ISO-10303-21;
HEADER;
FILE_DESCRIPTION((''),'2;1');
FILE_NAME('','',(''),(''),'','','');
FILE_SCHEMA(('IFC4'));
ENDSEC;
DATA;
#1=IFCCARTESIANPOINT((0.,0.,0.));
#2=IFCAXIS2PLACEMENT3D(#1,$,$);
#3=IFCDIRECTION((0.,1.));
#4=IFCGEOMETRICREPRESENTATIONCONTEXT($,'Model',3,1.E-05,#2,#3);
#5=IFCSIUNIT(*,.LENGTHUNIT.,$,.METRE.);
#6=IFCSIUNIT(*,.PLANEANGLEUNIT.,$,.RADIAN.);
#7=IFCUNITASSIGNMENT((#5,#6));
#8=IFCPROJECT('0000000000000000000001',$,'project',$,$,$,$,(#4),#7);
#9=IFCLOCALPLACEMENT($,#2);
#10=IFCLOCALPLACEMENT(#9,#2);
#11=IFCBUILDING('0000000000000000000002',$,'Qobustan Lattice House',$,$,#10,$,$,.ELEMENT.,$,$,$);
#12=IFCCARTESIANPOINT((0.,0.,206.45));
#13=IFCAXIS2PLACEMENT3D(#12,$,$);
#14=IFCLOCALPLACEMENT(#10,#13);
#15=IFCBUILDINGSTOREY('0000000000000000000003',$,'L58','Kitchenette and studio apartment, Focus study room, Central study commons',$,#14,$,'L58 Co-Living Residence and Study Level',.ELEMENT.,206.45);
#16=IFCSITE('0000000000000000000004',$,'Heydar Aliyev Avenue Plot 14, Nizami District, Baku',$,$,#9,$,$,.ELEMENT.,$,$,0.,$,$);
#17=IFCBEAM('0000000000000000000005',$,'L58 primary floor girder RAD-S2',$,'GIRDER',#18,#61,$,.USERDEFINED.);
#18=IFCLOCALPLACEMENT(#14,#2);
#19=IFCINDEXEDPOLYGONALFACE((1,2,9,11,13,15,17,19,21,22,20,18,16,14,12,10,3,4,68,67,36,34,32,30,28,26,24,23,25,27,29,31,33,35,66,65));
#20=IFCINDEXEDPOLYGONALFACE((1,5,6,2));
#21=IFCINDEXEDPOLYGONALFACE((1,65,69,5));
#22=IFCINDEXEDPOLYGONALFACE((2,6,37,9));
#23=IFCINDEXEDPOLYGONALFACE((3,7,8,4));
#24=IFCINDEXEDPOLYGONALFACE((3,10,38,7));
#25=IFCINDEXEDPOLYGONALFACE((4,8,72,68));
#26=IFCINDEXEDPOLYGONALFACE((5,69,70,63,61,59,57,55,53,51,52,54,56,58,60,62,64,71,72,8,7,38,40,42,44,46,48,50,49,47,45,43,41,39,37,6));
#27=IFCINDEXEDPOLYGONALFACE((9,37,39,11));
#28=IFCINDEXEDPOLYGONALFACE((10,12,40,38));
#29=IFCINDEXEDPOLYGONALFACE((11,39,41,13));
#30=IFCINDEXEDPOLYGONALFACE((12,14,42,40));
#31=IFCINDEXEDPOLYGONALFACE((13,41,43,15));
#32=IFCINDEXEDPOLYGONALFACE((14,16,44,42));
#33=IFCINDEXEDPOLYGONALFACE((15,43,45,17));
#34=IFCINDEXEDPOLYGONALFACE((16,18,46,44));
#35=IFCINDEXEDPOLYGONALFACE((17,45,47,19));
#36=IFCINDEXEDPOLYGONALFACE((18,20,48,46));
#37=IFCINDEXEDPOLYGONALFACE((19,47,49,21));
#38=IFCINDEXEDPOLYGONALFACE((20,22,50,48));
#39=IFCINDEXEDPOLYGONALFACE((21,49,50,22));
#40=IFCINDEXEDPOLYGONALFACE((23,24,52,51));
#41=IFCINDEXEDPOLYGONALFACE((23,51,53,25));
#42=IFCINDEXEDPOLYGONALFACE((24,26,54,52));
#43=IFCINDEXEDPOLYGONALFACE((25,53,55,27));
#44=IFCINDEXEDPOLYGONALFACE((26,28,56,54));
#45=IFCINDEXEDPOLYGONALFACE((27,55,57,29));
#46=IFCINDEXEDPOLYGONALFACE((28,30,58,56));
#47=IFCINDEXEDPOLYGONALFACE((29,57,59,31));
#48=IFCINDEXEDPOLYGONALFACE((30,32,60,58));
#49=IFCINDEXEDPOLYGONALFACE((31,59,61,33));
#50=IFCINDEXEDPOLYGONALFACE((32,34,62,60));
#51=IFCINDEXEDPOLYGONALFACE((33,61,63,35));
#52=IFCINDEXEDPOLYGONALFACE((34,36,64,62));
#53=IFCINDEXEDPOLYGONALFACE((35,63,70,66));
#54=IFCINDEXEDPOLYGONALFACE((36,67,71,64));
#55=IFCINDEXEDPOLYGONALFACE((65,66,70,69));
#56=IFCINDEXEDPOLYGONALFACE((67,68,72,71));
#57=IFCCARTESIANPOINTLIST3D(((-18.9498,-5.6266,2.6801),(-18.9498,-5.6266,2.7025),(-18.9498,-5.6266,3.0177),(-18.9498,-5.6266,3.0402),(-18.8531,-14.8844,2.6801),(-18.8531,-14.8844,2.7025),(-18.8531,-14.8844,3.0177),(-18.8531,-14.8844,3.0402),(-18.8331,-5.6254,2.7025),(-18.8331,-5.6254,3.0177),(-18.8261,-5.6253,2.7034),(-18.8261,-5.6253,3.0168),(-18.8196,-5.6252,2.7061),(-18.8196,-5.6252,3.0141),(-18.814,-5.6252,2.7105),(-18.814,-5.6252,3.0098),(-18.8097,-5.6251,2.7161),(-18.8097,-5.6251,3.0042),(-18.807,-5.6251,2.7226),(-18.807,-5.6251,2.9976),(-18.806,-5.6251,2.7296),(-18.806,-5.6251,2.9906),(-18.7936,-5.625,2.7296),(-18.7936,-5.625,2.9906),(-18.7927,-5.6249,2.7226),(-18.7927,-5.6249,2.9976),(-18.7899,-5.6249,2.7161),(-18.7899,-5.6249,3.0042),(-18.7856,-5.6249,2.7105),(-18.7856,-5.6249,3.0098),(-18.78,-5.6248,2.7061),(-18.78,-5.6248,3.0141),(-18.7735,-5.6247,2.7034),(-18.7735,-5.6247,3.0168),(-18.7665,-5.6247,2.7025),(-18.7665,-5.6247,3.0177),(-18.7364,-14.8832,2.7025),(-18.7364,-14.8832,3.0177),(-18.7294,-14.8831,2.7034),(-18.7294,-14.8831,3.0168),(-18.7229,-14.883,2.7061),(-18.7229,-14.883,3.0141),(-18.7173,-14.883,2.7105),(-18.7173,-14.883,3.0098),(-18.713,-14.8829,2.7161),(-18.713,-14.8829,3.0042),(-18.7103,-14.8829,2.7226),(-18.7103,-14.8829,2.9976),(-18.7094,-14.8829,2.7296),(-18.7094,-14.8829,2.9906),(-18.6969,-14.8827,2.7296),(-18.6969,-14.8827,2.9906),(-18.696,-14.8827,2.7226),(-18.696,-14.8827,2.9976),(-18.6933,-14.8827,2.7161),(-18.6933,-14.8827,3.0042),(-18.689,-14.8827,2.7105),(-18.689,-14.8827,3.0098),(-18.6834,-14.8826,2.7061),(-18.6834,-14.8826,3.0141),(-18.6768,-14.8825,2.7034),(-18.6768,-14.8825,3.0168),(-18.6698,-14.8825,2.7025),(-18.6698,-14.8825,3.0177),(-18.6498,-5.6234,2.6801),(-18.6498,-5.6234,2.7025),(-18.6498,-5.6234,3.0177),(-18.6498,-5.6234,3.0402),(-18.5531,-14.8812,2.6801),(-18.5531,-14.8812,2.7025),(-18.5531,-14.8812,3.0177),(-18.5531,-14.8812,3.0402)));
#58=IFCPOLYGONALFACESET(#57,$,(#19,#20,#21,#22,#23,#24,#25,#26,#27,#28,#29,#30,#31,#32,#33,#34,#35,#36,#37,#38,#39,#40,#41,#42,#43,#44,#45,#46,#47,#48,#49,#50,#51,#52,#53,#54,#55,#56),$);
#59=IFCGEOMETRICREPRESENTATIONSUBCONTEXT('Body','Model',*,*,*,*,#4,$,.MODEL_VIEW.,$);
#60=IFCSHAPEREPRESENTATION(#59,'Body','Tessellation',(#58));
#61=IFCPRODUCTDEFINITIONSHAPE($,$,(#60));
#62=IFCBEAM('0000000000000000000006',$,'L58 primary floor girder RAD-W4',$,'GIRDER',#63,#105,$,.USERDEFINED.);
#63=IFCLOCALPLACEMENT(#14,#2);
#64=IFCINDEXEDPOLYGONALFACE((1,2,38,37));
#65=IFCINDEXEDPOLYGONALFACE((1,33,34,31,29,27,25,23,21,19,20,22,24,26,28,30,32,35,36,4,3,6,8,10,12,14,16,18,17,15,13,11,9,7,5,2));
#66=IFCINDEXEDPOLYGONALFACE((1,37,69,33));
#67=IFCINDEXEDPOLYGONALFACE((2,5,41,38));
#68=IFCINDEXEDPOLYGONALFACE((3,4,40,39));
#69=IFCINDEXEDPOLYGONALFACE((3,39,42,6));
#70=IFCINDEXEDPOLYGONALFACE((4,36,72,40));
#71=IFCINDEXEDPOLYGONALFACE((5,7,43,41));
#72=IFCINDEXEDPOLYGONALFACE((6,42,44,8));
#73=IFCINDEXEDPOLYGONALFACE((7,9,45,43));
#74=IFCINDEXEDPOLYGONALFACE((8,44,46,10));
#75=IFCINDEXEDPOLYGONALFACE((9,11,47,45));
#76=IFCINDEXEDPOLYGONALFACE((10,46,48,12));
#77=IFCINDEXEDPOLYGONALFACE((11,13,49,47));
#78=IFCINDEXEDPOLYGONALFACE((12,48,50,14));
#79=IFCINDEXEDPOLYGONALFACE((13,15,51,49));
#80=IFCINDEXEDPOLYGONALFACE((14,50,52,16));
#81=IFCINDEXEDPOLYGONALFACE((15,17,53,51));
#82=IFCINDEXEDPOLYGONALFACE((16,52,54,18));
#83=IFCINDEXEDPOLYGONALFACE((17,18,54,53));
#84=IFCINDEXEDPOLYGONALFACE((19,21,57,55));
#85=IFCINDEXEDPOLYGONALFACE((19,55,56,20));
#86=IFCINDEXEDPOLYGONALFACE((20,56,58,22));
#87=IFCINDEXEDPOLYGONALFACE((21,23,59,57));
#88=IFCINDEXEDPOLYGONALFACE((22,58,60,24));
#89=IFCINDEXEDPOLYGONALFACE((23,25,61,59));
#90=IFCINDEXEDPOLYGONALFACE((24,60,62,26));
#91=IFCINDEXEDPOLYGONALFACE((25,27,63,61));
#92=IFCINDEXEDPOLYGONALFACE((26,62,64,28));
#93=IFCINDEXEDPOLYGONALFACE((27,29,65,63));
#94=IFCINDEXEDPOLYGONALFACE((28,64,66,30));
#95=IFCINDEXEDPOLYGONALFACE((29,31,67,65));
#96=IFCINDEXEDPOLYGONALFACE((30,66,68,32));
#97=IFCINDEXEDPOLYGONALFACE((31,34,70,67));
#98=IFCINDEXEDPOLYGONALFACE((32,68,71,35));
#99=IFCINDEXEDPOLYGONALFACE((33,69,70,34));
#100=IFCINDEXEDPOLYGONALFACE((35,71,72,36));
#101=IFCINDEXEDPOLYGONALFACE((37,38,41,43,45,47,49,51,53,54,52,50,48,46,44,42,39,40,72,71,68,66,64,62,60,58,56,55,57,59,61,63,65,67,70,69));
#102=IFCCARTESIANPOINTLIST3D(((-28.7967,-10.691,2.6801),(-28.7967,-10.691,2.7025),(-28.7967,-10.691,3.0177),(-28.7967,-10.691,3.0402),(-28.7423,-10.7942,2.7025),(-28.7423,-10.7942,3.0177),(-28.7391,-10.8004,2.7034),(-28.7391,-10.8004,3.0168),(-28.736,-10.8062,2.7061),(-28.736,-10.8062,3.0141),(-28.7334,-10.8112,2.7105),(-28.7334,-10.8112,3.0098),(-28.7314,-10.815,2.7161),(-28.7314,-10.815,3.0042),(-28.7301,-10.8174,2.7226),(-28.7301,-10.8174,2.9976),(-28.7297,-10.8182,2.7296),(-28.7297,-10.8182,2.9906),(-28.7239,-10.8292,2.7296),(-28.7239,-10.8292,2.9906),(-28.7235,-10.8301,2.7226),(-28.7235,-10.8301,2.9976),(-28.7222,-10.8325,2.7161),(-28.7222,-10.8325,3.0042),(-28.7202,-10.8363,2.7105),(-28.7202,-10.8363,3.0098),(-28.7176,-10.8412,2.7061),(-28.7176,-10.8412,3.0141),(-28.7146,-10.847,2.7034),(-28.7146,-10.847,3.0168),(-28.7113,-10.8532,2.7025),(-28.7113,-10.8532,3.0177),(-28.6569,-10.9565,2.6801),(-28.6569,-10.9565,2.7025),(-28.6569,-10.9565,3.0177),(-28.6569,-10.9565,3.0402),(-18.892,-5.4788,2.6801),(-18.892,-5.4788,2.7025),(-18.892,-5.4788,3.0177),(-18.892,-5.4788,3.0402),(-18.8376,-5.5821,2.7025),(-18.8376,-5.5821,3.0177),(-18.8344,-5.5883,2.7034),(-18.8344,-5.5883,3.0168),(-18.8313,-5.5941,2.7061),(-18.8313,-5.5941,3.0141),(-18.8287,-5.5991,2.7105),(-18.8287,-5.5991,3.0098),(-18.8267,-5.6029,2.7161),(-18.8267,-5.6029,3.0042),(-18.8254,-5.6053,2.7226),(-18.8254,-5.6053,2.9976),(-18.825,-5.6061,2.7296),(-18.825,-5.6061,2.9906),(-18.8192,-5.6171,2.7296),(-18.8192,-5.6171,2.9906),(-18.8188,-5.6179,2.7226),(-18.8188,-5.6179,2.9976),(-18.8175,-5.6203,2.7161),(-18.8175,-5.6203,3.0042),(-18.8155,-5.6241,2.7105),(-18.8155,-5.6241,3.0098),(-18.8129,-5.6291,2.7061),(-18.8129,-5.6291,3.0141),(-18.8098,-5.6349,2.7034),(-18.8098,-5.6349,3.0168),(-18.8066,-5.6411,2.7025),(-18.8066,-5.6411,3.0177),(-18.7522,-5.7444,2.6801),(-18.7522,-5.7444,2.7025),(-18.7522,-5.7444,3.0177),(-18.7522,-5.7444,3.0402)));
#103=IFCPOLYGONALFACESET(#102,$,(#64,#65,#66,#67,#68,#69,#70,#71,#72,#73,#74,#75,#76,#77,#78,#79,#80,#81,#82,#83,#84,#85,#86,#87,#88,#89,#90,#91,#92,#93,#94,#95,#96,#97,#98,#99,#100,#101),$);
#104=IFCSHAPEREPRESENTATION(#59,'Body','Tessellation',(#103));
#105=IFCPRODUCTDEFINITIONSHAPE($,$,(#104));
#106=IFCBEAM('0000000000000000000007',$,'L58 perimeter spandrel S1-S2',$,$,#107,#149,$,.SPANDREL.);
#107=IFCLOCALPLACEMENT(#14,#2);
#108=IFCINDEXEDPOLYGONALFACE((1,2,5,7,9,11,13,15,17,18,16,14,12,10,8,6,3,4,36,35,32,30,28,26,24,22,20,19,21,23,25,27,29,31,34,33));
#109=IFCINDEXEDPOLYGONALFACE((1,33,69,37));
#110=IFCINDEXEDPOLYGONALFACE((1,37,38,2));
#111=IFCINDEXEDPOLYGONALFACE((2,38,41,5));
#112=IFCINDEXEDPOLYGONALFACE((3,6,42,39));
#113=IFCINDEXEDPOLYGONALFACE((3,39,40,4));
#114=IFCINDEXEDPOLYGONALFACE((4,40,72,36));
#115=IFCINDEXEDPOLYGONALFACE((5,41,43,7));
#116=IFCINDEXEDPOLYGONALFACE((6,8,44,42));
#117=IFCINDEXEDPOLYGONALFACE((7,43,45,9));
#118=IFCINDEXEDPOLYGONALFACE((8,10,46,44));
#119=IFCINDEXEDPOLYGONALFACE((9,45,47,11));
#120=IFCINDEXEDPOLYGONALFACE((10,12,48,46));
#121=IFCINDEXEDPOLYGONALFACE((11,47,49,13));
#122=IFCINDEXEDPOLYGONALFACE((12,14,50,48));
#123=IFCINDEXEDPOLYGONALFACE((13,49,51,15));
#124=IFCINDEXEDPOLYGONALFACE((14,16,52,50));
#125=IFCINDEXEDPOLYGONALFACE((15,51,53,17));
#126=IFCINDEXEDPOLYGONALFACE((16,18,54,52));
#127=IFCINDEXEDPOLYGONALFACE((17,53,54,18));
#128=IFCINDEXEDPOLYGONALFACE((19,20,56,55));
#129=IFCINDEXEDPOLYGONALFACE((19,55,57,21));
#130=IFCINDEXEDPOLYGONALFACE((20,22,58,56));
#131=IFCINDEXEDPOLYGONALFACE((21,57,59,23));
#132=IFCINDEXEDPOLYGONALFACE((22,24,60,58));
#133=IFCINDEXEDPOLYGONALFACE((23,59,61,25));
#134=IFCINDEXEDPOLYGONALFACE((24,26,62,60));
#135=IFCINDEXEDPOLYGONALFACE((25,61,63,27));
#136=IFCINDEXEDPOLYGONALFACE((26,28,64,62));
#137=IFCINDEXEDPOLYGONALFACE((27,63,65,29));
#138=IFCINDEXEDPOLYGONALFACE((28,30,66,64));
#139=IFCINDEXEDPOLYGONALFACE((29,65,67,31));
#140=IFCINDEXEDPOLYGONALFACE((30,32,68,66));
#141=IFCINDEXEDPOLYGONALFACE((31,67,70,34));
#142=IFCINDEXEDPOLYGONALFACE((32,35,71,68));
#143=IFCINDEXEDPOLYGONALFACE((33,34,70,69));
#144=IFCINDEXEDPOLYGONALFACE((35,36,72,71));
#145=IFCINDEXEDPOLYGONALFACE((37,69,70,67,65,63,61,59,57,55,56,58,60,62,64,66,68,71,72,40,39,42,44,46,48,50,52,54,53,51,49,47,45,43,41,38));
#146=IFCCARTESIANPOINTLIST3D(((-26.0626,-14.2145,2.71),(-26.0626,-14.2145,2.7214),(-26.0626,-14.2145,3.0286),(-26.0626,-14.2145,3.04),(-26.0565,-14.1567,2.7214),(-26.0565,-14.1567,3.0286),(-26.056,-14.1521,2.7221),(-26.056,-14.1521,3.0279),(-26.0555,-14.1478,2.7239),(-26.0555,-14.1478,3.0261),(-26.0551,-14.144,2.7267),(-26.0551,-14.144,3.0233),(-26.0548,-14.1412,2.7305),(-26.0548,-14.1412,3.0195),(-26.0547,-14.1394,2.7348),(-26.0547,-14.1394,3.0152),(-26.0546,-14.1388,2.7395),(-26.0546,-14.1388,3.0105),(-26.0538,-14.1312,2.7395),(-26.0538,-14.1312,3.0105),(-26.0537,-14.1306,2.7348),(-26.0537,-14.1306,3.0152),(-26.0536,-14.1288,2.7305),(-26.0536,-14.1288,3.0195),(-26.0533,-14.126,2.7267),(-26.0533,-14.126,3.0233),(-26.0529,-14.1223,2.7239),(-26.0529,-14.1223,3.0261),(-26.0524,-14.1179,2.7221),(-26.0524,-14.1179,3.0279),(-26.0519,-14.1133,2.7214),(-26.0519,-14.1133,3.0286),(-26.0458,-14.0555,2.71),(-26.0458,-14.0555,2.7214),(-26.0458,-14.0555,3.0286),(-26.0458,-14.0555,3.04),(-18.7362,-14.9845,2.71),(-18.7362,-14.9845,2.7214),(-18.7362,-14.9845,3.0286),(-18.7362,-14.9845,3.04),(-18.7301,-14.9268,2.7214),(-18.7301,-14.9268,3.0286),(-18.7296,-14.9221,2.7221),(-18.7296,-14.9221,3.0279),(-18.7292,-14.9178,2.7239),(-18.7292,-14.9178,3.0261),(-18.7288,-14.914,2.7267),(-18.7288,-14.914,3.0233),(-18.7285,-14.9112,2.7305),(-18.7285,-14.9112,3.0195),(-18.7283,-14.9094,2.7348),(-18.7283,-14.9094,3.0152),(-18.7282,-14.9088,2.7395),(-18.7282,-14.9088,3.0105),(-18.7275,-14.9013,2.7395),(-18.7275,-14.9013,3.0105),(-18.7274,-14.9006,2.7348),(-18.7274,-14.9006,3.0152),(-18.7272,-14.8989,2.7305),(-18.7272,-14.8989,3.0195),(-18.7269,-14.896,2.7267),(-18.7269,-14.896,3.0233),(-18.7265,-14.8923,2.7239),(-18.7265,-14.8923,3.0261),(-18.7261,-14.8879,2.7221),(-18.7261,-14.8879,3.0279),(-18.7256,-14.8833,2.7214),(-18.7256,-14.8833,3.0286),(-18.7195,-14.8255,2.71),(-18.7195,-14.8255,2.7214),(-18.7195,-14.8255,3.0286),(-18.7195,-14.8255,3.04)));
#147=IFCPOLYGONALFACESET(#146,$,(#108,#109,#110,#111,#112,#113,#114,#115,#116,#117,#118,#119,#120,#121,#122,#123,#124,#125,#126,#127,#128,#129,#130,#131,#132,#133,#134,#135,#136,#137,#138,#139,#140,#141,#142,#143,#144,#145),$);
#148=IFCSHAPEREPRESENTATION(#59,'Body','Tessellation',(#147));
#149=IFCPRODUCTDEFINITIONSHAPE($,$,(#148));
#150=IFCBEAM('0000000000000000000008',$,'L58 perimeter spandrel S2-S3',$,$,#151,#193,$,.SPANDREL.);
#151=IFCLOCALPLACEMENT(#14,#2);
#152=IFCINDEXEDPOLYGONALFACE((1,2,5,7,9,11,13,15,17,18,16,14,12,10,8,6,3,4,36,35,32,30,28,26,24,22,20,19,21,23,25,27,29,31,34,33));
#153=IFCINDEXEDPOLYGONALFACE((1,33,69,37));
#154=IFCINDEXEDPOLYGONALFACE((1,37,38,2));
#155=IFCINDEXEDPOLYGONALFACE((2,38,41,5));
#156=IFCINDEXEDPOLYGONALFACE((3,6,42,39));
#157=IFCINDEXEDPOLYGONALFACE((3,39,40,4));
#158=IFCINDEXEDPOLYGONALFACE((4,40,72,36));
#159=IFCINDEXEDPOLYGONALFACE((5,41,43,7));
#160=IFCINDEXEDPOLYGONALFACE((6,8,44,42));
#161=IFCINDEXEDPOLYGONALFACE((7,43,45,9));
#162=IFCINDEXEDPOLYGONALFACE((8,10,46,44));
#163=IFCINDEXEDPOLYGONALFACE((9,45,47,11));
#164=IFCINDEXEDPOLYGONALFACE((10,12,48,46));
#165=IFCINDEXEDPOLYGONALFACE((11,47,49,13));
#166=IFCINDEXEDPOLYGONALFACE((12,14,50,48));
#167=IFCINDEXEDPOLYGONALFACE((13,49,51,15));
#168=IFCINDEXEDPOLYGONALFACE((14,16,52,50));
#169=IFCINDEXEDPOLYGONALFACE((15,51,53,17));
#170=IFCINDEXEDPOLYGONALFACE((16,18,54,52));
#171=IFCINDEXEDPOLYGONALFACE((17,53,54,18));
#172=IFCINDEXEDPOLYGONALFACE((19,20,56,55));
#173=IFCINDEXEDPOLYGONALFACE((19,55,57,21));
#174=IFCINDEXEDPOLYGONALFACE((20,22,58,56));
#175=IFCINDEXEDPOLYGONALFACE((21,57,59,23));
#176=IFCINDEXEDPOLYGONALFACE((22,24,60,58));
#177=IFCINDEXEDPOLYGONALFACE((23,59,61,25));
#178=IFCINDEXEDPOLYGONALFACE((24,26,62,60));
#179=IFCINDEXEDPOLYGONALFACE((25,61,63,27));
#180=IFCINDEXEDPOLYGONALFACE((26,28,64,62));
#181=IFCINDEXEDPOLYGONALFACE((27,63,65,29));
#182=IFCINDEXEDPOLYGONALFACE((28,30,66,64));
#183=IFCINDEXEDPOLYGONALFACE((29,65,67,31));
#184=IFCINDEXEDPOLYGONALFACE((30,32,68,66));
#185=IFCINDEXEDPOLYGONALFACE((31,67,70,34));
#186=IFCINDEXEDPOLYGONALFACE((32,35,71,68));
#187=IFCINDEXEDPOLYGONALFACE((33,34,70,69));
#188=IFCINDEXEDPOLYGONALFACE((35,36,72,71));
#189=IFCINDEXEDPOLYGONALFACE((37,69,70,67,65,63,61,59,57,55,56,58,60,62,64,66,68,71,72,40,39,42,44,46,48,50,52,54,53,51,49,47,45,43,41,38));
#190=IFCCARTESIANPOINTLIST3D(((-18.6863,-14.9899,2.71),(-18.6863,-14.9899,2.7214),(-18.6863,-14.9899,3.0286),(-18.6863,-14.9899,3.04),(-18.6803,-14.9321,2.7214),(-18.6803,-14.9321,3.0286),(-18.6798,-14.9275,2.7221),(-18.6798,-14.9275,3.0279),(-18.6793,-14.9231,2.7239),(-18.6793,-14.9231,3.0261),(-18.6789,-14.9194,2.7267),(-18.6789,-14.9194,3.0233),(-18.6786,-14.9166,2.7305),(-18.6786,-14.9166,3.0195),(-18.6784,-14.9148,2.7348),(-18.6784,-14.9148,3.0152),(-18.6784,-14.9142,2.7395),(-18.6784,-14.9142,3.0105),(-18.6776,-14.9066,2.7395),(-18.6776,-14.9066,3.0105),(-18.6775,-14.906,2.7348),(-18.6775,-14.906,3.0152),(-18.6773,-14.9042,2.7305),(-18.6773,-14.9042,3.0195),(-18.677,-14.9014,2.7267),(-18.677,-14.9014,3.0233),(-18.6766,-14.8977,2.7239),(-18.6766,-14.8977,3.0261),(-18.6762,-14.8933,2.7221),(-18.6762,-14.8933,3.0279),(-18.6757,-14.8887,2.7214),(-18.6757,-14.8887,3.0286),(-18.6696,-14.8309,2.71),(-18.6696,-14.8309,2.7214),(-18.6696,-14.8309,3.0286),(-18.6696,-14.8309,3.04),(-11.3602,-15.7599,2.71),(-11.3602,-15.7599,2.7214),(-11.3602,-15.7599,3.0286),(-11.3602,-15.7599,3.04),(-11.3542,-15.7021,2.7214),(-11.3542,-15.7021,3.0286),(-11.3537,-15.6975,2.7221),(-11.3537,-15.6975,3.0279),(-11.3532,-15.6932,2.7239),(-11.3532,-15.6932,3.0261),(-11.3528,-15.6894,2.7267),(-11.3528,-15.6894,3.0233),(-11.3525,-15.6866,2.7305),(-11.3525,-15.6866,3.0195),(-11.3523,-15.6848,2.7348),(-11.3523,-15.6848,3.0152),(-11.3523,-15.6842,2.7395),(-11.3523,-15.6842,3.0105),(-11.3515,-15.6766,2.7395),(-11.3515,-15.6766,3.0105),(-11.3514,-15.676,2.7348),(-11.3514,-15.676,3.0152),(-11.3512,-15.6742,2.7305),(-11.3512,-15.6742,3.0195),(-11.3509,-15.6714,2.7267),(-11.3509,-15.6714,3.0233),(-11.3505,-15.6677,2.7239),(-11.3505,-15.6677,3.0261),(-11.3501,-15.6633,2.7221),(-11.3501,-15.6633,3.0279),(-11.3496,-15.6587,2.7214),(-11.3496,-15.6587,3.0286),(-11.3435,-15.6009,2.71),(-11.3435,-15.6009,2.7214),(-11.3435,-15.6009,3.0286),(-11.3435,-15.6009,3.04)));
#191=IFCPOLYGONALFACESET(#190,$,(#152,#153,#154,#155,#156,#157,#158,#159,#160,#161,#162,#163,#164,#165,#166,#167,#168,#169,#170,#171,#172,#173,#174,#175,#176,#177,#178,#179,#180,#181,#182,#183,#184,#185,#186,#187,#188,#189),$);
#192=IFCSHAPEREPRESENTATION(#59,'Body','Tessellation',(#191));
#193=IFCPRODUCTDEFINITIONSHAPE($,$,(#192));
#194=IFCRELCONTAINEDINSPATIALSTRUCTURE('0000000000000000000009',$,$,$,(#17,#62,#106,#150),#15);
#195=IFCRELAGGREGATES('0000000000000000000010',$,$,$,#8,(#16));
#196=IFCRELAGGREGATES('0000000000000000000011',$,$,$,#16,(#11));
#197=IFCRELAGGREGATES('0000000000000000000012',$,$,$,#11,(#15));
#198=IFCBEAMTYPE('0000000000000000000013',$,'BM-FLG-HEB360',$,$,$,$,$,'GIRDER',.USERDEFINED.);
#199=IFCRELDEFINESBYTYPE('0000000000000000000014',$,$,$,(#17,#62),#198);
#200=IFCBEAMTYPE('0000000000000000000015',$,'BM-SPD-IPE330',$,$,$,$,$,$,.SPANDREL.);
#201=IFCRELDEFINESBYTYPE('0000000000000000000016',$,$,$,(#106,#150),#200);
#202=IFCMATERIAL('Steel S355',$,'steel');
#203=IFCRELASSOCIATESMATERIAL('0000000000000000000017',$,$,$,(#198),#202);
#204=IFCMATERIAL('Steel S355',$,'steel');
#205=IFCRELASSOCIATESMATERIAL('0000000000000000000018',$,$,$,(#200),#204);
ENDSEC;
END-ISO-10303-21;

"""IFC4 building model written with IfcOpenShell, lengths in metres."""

from ifc_helpers import new_model, si_unit, direction, frame, origin, origin_2d, place, context, subcontext, project, spatial, i_section, extrude, material, material_profile, profile_set, type_object, element, save


model = new_model("IFC4")

# Units and contexts
model_context = context("Model", 3, precision=1e-05, world=origin(), true_north=direction((0.0, 1.0)))
body_context = subcontext(model_context, "Body", "Model", "MODEL_VIEW")
ifc_project = project(units=[si_unit("LENGTHUNIT", "METRE"), si_unit("PLANEANGLEUNIT", "RADIAN")], contexts=[model_context])

# Site, building, storey
site_placement = place(None, origin())
site = spatial("IfcSite", under=ifc_project, at=site_placement, Name="Heydar Aliyev Avenue Plot 14, Nizami District, Baku", CompositionType="ELEMENT", RefElevation=0.0)
building_placement = place(site_placement, origin())
building = spatial("IfcBuilding", under=site, at=building_placement, Name="Qobustan Lattice House", CompositionType="ELEMENT")
storey_placement = place(building_placement, frame((0.0, 0.0, 206.45)))
storey = spatial("IfcBuildingStorey", under=building, at=storey_placement, Name="L58", Description="Kitchenette and studio apartment, Focus study room, Central study commons", LongName="L58 Co-Living Residence and Study Level", CompositionType="ELEMENT", Elevation=206.45)

# Beams
ifc_material_1 = material(Name="Steel S355", Category="steel")
ifc_material_profile_1 = material_profile(ifc_material_1, i_section(OverallWidth=0.3, OverallDepth=0.3601, WebThickness=0.0125, FlangeThickness=0.0225, FilletRadius=0.0271, at=origin_2d()), Name="HEB360")
ifc_profile_set_1 = profile_set([ifc_material_profile_1], Name="Steel S355")
beam_type_1 = type_object("IfcBeamType", Name="BM-FLG-HEB360", ElementType="GIRDER", PredefinedType="USERDEFINED", material=ifc_profile_set_1)
beam_1_placement = place(storey_placement, frame((-18.7031, -14.8828, 2.8601), z_axis=(-0.010442, 0.999945, 0.0), x_axis=(-0.999945, -0.010442, 0.0)))
element("IfcBeam", 1, at=beam_1_placement, inside=storey, type_object=beam_type_1, Name="L58 primary floor girder RAD-S2", ObjectType="GIRDER", PredefinedType="USERDEFINED", context=body_context, shape_type="SweptSolid", body=[
    extrude(i_section(OverallWidth=0.3, OverallDepth=0.3601, WebThickness=0.0125, FlangeThickness=0.0225, FilletRadius=0.0271, at=origin_2d()), origin(), (0.0, 0.0, 1.0), 9.2583),
])
beam_2_placement = place(storey_placement, frame((-28.7268, -10.8237, 2.8601), z_axis=(0.884951, 0.465684, 0.0), x_axis=(-0.465684, 0.884951, 0.0)))
element("IfcBeam", 2, at=beam_2_placement, inside=storey, type_object=beam_type_1, Name="L58 primary floor girder RAD-W4", ObjectType="GIRDER", PredefinedType="USERDEFINED", context=body_context, shape_type="SweptSolid", body=[
    extrude(i_section(OverallWidth=0.3, OverallDepth=0.3601, WebThickness=0.0125, FlangeThickness=0.0225, FilletRadius=0.0271, at=origin_2d()), origin(), (0.0, 0.0, 1.0), 11.1924),
])
ifc_material_2 = material(Name="Steel S355", Category="steel")
ifc_material_profile_2 = material_profile(ifc_material_2, i_section(OverallWidth=0.1599, OverallDepth=0.3301, WebThickness=0.0076, FlangeThickness=0.0115, FilletRadius=0.0181, at=origin_2d()), Name="IPE330")
ifc_profile_set_2 = profile_set([ifc_material_profile_2], Name="Steel S355")
beam_type_2 = type_object("IfcBeamType", Name="BM-SPD-IPE330", PredefinedType="SPANDREL", material=ifc_profile_set_2)
beam_3_placement = place(storey_placement, frame((-26.0542, -14.135, 2.875), z_axis=(0.994522, -0.104526, 0.0), x_axis=(0.104526, 0.994522, 0.0)))
element("IfcBeam", 3, at=beam_3_placement, inside=storey, type_object=beam_type_2, Name="L58 perimeter spandrel S1-S2", PredefinedType="SPANDREL", context=body_context, shape_type="SweptSolid", body=[
    extrude(i_section(OverallWidth=0.1599, OverallDepth=0.3301, WebThickness=0.0076, FlangeThickness=0.0115, FilletRadius=0.0181, at=origin_2d()), origin(), (0.0, 0.0, 1.0), 7.3667),
])
beam_4_placement = place(storey_placement, frame((-18.678, -14.9104, 2.875), z_axis=(0.994522, -0.10453, 0.0), x_axis=(0.10453, 0.994522, 0.0)))
element("IfcBeam", 4, at=beam_4_placement, inside=storey, type_object=beam_type_2, Name="L58 perimeter spandrel S2-S3", PredefinedType="SPANDREL", context=body_context, shape_type="SweptSolid", body=[
    extrude(i_section(OverallWidth=0.1599, OverallDepth=0.3301, WebThickness=0.0076, FlangeThickness=0.0115, FilletRadius=0.0181, at=origin_2d()), origin(), (0.0, 0.0, 1.0), 7.3665),
])

save(model, "model.ifc")
